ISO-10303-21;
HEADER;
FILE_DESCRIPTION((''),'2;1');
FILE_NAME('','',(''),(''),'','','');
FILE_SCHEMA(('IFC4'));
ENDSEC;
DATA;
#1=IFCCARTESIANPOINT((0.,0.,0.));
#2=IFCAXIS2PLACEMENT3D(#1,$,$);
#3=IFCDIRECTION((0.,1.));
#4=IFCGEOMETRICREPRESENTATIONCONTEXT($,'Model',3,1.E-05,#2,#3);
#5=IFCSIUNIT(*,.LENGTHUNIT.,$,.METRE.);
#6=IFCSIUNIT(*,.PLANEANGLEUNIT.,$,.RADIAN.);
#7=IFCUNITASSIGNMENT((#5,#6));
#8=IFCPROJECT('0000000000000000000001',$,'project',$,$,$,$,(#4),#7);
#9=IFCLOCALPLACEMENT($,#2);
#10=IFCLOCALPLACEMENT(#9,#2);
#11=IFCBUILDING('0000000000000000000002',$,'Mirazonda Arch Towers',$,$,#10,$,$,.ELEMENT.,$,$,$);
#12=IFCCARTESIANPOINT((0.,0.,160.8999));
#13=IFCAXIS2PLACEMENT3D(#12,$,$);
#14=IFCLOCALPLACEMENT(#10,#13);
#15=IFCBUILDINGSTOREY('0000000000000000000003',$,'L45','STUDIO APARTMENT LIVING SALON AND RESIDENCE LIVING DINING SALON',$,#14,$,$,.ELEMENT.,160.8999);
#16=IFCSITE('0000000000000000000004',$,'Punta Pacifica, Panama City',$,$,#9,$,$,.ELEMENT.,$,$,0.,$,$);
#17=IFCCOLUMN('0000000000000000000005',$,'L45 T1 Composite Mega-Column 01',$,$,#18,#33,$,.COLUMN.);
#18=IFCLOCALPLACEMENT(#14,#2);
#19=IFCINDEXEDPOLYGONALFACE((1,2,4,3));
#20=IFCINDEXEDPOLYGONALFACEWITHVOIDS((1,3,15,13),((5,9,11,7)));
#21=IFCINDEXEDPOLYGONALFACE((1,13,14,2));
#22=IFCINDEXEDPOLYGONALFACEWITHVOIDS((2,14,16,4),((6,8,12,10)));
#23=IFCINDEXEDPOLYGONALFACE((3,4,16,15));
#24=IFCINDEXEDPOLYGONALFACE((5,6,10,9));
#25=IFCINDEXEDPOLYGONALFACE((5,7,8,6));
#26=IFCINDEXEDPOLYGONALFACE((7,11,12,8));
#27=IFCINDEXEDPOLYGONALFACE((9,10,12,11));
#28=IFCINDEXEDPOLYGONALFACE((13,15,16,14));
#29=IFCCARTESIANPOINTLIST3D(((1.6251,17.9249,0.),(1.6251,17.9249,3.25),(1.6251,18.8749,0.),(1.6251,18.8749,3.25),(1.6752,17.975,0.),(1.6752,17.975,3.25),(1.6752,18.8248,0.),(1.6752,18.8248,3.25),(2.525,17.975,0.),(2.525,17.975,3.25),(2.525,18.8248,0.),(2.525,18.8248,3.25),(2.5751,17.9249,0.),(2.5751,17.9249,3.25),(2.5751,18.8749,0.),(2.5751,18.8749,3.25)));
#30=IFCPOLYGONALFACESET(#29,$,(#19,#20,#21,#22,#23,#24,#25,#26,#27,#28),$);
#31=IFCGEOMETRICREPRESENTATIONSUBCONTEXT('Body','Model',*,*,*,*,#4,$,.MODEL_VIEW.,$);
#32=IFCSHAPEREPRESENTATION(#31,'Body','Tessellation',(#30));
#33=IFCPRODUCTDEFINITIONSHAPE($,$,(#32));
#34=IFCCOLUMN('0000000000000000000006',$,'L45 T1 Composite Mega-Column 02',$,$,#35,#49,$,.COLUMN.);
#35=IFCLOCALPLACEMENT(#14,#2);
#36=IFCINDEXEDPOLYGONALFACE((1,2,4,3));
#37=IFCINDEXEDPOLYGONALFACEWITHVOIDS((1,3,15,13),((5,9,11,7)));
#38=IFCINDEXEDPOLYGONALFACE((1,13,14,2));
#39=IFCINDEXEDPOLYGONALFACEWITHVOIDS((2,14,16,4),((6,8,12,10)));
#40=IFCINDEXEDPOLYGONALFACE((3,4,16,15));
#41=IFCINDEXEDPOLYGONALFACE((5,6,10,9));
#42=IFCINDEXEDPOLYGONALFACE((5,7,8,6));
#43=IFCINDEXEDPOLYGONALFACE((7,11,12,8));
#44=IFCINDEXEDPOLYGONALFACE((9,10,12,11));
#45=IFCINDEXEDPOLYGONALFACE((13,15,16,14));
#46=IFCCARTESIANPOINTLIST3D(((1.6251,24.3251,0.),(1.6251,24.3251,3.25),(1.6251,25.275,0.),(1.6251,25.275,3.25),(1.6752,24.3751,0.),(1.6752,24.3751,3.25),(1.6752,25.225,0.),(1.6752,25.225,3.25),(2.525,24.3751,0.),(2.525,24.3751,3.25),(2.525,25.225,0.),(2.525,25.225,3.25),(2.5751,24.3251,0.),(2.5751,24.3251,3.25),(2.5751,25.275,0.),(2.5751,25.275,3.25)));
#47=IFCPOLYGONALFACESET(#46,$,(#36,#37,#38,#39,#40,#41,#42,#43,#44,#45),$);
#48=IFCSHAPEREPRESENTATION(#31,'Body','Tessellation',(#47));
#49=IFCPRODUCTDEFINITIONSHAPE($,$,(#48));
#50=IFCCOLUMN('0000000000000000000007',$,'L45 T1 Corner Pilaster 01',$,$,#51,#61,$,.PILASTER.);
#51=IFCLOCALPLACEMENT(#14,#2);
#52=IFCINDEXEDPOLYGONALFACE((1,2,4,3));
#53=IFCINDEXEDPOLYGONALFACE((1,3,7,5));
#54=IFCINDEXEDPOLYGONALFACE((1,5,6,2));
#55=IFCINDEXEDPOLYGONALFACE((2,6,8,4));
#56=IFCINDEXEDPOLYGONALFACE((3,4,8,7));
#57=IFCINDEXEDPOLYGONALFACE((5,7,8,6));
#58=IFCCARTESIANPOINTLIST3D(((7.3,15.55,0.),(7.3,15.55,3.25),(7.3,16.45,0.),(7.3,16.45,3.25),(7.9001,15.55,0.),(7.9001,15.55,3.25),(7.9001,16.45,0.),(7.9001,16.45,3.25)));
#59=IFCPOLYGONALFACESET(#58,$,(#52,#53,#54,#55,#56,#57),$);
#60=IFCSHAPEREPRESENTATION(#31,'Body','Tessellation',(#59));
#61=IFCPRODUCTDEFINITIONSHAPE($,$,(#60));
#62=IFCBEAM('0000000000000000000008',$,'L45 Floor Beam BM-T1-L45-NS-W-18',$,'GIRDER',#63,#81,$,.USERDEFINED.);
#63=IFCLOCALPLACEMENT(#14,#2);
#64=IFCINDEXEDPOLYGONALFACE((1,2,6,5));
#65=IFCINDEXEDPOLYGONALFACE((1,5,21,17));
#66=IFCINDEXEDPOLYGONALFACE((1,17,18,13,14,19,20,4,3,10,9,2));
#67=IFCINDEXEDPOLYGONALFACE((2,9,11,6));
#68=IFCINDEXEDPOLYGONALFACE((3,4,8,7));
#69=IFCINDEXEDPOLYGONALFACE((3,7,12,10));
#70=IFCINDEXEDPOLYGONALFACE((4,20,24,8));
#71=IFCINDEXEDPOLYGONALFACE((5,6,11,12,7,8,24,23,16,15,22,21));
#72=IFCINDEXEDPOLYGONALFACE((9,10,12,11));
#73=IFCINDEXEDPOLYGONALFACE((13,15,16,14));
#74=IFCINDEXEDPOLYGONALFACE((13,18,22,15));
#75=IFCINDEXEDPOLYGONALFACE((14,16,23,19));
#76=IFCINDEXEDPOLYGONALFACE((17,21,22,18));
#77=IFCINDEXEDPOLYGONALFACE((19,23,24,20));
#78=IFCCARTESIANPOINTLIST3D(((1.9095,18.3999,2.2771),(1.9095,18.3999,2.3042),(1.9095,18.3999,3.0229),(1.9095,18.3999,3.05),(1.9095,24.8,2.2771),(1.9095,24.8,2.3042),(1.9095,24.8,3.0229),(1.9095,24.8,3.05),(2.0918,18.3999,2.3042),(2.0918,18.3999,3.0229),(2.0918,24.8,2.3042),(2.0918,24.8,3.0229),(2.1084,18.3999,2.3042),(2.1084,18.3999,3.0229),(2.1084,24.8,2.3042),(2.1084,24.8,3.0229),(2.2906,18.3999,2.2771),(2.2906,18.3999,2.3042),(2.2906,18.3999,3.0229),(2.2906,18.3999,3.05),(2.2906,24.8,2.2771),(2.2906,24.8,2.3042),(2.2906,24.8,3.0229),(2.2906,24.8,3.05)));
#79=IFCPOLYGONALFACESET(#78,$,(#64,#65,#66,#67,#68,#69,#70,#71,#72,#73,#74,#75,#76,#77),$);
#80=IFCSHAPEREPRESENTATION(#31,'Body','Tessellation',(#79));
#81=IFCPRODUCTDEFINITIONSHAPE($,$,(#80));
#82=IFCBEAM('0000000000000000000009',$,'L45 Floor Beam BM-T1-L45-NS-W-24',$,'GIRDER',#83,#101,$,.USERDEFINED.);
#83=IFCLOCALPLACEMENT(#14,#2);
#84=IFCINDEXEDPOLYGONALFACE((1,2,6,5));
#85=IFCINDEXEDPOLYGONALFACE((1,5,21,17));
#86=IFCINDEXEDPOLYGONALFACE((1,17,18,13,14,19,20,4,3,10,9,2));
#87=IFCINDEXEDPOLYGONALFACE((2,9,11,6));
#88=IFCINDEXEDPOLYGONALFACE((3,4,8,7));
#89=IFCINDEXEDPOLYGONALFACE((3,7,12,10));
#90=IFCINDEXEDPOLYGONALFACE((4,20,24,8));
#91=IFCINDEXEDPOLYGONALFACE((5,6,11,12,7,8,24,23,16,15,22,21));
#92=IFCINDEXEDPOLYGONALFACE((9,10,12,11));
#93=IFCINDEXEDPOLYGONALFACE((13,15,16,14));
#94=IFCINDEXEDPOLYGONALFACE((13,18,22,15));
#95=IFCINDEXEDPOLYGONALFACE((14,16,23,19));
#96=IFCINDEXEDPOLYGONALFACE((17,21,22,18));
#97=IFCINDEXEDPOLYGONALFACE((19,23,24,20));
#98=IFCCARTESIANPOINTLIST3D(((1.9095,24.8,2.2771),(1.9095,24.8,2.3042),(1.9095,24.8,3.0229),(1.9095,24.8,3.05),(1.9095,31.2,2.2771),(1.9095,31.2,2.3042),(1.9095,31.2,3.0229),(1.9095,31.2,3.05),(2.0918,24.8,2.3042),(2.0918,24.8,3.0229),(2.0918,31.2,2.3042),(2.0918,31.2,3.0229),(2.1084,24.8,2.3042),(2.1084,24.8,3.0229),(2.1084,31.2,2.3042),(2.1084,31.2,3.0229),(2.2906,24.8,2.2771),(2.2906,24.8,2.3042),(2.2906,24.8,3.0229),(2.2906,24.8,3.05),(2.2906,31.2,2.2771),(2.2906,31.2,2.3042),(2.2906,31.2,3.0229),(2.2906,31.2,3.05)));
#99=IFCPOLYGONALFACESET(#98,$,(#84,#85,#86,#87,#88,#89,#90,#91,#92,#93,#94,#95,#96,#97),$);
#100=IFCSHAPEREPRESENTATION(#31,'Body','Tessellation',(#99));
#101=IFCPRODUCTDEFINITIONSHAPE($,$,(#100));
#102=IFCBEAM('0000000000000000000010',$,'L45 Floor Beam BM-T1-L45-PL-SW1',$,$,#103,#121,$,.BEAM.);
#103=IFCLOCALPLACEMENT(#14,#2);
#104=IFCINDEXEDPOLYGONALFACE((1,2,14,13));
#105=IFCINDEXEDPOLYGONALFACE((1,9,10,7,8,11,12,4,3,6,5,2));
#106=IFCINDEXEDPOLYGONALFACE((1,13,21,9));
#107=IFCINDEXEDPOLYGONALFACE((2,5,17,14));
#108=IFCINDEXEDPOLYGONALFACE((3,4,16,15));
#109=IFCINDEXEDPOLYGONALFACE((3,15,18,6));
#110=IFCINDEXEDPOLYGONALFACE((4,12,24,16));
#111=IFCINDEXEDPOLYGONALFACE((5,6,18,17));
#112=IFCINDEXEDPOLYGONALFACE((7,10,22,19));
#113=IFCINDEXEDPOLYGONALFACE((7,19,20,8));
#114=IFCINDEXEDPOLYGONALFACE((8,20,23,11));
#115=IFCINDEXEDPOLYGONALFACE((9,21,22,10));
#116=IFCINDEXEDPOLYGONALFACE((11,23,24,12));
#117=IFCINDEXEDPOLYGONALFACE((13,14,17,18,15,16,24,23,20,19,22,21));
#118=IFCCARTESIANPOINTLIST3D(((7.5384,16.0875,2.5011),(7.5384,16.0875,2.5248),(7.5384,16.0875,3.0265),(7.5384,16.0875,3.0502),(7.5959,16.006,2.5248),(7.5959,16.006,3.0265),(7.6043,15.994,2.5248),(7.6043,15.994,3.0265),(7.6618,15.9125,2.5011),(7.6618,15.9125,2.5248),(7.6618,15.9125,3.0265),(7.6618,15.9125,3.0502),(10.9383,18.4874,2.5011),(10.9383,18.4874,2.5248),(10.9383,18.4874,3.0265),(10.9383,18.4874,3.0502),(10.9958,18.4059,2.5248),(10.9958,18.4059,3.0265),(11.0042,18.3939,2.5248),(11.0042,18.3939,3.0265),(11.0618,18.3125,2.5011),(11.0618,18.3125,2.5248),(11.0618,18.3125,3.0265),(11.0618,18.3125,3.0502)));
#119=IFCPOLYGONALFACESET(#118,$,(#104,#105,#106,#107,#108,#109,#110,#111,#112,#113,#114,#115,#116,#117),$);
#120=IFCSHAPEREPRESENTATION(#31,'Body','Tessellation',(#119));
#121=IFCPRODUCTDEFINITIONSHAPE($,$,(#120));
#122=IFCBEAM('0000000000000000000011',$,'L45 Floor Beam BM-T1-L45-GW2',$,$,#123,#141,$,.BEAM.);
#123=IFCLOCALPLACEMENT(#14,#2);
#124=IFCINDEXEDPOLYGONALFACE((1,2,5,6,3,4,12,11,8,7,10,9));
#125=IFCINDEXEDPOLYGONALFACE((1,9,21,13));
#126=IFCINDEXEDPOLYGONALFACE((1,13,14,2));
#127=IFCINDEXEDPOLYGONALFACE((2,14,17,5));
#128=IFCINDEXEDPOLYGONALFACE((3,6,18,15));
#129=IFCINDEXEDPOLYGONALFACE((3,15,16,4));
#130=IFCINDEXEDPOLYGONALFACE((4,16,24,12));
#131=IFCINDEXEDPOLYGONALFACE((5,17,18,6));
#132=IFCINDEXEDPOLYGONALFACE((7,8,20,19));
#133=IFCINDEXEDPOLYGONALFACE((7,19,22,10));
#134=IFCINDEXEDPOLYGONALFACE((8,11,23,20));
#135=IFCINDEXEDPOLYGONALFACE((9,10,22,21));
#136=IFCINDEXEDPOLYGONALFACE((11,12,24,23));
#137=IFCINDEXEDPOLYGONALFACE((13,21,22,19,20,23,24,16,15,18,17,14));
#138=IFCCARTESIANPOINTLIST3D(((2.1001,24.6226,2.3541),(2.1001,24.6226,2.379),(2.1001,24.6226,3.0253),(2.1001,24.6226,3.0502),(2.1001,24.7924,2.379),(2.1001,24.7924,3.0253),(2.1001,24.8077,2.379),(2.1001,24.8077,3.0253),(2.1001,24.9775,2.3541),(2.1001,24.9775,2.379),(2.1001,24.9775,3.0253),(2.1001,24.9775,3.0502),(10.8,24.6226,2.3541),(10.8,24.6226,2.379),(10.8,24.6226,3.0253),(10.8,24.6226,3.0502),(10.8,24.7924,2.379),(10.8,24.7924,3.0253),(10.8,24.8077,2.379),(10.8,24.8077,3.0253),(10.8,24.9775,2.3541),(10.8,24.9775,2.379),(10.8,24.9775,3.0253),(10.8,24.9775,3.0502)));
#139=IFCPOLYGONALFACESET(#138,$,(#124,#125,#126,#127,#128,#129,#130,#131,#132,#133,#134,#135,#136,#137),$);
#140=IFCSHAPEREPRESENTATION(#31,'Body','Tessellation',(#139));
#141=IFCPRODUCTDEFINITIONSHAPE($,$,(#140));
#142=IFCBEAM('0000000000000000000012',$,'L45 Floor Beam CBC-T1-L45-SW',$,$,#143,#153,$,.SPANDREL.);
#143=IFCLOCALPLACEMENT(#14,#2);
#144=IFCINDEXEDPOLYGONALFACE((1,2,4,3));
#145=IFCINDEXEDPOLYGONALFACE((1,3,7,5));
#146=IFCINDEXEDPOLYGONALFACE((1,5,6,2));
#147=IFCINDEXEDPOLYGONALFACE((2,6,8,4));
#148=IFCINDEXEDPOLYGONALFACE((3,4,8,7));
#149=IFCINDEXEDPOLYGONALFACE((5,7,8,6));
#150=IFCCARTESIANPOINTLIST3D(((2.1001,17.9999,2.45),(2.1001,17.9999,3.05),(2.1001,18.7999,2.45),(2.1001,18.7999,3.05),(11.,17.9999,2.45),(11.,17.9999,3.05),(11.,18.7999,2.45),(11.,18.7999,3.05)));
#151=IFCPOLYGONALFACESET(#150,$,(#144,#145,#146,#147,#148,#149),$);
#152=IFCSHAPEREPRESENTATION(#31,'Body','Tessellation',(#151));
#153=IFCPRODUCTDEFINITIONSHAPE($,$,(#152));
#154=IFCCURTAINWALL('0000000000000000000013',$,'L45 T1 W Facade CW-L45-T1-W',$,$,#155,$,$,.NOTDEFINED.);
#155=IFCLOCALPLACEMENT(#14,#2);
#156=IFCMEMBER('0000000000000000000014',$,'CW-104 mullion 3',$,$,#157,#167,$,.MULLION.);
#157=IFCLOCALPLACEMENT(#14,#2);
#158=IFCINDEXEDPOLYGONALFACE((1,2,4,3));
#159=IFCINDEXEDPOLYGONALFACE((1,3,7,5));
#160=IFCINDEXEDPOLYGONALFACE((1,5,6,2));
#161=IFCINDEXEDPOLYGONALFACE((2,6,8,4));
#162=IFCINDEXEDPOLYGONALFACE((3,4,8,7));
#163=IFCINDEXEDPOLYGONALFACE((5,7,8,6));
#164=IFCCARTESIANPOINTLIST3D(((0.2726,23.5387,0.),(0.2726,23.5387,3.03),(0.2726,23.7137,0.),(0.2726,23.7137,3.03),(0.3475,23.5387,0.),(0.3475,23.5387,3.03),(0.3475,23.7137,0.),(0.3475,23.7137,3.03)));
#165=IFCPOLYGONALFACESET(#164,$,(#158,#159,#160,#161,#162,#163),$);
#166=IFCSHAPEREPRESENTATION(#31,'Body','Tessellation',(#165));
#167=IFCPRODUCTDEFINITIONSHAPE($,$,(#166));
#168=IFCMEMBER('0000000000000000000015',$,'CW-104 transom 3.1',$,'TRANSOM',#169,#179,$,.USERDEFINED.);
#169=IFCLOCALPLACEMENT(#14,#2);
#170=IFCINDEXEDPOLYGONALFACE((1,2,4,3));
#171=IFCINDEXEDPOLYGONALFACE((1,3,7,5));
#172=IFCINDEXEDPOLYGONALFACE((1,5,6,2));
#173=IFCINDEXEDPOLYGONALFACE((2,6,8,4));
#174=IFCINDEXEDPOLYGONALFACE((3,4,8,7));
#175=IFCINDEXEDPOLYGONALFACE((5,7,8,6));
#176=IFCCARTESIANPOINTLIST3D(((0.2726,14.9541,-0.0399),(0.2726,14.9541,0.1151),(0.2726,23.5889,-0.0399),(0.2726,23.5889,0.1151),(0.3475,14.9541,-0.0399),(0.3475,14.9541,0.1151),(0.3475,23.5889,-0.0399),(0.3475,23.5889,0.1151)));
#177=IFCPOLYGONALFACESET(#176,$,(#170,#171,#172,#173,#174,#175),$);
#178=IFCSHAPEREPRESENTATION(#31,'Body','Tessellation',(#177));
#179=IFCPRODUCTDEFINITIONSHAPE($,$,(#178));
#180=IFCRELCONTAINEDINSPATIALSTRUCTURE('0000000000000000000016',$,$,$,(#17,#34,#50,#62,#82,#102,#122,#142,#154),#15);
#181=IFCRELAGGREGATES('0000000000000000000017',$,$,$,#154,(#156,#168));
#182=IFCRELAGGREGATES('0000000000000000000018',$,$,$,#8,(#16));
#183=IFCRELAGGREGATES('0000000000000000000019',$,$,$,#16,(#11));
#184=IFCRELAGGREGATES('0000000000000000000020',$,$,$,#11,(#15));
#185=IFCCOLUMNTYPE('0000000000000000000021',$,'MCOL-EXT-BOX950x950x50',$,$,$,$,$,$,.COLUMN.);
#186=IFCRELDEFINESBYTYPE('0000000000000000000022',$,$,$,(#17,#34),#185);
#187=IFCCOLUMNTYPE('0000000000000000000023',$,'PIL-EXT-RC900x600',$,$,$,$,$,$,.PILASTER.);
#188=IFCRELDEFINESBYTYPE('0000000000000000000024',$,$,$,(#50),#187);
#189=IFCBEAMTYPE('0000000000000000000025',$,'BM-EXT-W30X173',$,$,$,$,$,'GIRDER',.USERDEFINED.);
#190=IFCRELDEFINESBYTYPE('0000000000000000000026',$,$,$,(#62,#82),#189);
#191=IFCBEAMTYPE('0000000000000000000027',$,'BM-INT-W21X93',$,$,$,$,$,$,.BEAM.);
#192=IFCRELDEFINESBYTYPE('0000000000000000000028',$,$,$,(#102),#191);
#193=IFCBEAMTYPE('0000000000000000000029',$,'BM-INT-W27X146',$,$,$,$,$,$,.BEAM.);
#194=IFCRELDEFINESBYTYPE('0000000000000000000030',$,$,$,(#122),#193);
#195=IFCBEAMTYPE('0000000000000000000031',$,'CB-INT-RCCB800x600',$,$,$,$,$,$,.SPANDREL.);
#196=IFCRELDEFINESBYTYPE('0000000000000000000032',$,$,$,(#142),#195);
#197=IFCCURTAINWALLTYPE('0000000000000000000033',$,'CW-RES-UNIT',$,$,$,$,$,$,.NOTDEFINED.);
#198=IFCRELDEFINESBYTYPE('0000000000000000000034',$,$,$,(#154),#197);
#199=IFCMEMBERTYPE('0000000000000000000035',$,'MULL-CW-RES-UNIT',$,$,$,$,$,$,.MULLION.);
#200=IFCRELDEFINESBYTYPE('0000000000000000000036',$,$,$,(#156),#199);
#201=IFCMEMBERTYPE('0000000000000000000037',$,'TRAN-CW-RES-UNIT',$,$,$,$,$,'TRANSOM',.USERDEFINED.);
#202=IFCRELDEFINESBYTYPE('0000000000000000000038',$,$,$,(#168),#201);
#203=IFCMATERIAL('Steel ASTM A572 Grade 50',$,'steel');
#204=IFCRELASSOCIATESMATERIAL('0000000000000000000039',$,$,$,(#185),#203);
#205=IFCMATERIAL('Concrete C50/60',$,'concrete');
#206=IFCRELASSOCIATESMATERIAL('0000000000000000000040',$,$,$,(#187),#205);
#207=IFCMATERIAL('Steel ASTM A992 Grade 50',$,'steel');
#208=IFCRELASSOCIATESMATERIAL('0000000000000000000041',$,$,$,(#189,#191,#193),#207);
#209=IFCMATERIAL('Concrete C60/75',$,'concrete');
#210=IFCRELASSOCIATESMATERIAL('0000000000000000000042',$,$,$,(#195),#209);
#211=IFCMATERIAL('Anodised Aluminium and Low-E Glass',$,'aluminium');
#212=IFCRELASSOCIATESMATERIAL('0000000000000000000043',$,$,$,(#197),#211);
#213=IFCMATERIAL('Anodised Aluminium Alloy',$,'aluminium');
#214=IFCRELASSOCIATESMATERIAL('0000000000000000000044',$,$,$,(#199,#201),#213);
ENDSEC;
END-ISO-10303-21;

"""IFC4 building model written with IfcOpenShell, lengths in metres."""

from ifc_helpers import new_model, si_unit, direction, frame, origin, origin_2d, place, context, subcontext, project, spatial, rectangle, hollow_rectangle, i_section, extrude, material, material_profile, profile_set, type_object, element, aggregate, save


model = new_model("IFC4")

# Units and contexts
model_context = context("Model", 3, precision=1e-05, world=origin(), true_north=direction((0.0, 1.0)))
body_context = subcontext(model_context, "Body", "Model", "MODEL_VIEW")
ifc_project = project(units=[si_unit("LENGTHUNIT", "METRE"), si_unit("PLANEANGLEUNIT", "RADIAN")], contexts=[model_context])

# Site, building, storey
site_placement = place(None, origin())
site = spatial("IfcSite", under=ifc_project, at=site_placement, Name="Punta Pacifica, Panama City", CompositionType="ELEMENT", RefElevation=0.0)
building_placement = place(site_placement, origin())
building = spatial("IfcBuilding", under=site, at=building_placement, Name="Mirazonda Arch Towers", CompositionType="ELEMENT")
storey_placement = place(building_placement, frame((0.0, 0.0, 160.8999)))
storey = spatial("IfcBuildingStorey", under=building, at=storey_placement, Name="L45", Description="STUDIO APARTMENT LIVING SALON AND RESIDENCE LIVING DINING SALON", CompositionType="ELEMENT", Elevation=160.8999)

# Columns
ifc_material_1 = material(Name="Steel ASTM A572 Grade 50", Category="steel")
ifc_material_profile_1 = material_profile(ifc_material_1, hollow_rectangle(XDim=0.95, YDim=0.95, WallThickness=0.05, at=origin_2d()), Name="BOX950x950x50")
ifc_profile_set_1 = profile_set([ifc_material_profile_1], Name="Steel ASTM A572 Grade 50")
column_type_1 = type_object("IfcColumnType", Name="MCOL-EXT-BOX950x950x50", PredefinedType="COLUMN", material=ifc_profile_set_1)
for number, where, z_axis, x_axis, name in (
    (1, (2.1001, 18.3999, 0.0), (0.0, 0.0, 1.0), (1.0, 0.0, 0.0), "L45 T1 Composite Mega-Column 01"),
    (2, (2.1001, 24.8, 0.0), (0.0, 0.0, 1.0), (1.0, 0.0, 0.0), "L45 T1 Composite Mega-Column 02"),
):
    element("IfcColumn", number, at=place(storey_placement, frame(where, z_axis=z_axis, x_axis=x_axis)), inside=storey, type_object=column_type_1, Name=name, PredefinedType="COLUMN", context=body_context, shape_type="SweptSolid", body=[
        extrude(hollow_rectangle(XDim=0.95, YDim=0.95, WallThickness=0.05, at=origin_2d()), origin(), (0.0, 0.0, 1.0), 3.25),
    ])
ifc_material_2 = material(Name="Concrete C50/60", Category="concrete")
ifc_material_profile_2 = material_profile(ifc_material_2, rectangle(XDim=0.6001, YDim=0.8999, at=origin_2d()), Name="RC900x600")
ifc_profile_set_2 = profile_set([ifc_material_profile_2], Name="Concrete C50/60")
column_type_2 = type_object("IfcColumnType", Name="PIL-EXT-RC900x600", PredefinedType="PILASTER", material=ifc_profile_set_2)
column_placement = place(storey_placement, frame((7.6001, 16.0, 0.0), z_axis=(0.0, 0.0, 1.0), x_axis=(1.0, 0.0, 0.0)))
element("IfcColumn", 3, at=column_placement, inside=storey, type_object=column_type_2, Name="L45 T1 Corner Pilaster 01", PredefinedType="PILASTER", context=body_context, shape_type="SweptSolid", body=[
    extrude(rectangle(XDim=0.6001, YDim=0.8999, at=origin_2d()), origin(), (0.0, 0.0, 1.0), 3.25),
])

# Beams
ifc_material_3 = material(Name="Steel ASTM A992 Grade 50", Category="steel")
ifc_material_profile_3 = material_profile(ifc_material_3, i_section(OverallWidth=0.3811, OverallDepth=0.7729, WebThickness=0.0166, FlangeThickness=0.0271, at=origin_2d()), Name="W30X173")
ifc_profile_set_3 = profile_set([ifc_material_profile_3], Name="Steel ASTM A992 Grade 50")
beam_type_1 = type_object("IfcBeamType", Name="BM-EXT-W30X173", ElementType="GIRDER", PredefinedType="USERDEFINED", material=ifc_profile_set_3)
beam_1_placement = place(storey_placement, frame((2.1001, 18.3999, 2.6636), z_axis=(0.0, 1.0, 0.0), x_axis=(-1.0, 0.0, 0.0)))
element("IfcBeam", 4, at=beam_1_placement, inside=storey, type_object=beam_type_1, Name="L45 Floor Beam BM-T1-L45-NS-W-18", ObjectType="GIRDER", PredefinedType="USERDEFINED", context=body_context, shape_type="SweptSolid", body=[
    extrude(i_section(OverallWidth=0.3811, OverallDepth=0.7729, WebThickness=0.0166, FlangeThickness=0.0271, at=origin_2d()), origin(), (0.0, 0.0, 1.0), 6.4001),
])
beam_2_placement = place(storey_placement, frame((2.1001, 24.8, 2.6636), z_axis=(0.0, 1.0, 0.0), x_axis=(-1.0, 0.0, 0.0)))
element("IfcBeam", 5, at=beam_2_placement, inside=storey, type_object=beam_type_1, Name="L45 Floor Beam BM-T1-L45-NS-W-24", ObjectType="GIRDER", PredefinedType="USERDEFINED", context=body_context, shape_type="SweptSolid", body=[
    extrude(i_section(OverallWidth=0.3811, OverallDepth=0.7729, WebThickness=0.0166, FlangeThickness=0.0271, at=origin_2d()), origin(), (0.0, 0.0, 1.0), 6.3999),
])
ifc_material_profile_4 = material_profile(ifc_material_3, i_section(OverallWidth=0.2141, OverallDepth=0.5491, WebThickness=0.0146, FlangeThickness=0.0237, at=origin_2d()), Name="W21X93")
ifc_profile_set_4 = profile_set([ifc_material_profile_4], Name="Steel ASTM A992 Grade 50")
beam_type_2 = type_object("IfcBeamType", Name="BM-INT-W21X93", PredefinedType="BEAM", material=ifc_profile_set_4)
beam_3_placement = place(storey_placement, frame((7.6001, 16.0, 2.7756), z_axis=(0.816971, 0.576679, 0.0), x_axis=(-0.576679, 0.816971, 0.0)))
element("IfcBeam", 6, at=beam_3_placement, inside=storey, type_object=beam_type_2, Name="L45 Floor Beam BM-T1-L45-PL-SW1", PredefinedType="BEAM", context=body_context, shape_type="SweptSolid", body=[
    extrude(i_section(OverallWidth=0.2141, OverallDepth=0.5491, WebThickness=0.0146, FlangeThickness=0.0237, at=origin_2d()), origin(), (0.0, 0.0, 1.0), 4.1616),
])
ifc_material_profile_5 = material_profile(ifc_material_3, i_section(OverallWidth=0.355, OverallDepth=0.696, WebThickness=0.0154, FlangeThickness=0.0249, at=origin_2d()), Name="W27X146")
ifc_profile_set_5 = profile_set([ifc_material_profile_5], Name="Steel ASTM A992 Grade 50")
beam_type_3 = type_object("IfcBeamType", Name="BM-INT-W27X146", PredefinedType="BEAM", material=ifc_profile_set_5)
beam_4_placement = place(storey_placement, frame((2.1001, 24.8, 2.7021), z_axis=(1.0, 0.0, 0.0), x_axis=(0.0, 1.0, 0.0)))
element("IfcBeam", 7, at=beam_4_placement, inside=storey, type_object=beam_type_3, Name="L45 Floor Beam BM-T1-L45-GW2", PredefinedType="BEAM", context=body_context, shape_type="SweptSolid", body=[
    extrude(i_section(OverallWidth=0.355, OverallDepth=0.696, WebThickness=0.0154, FlangeThickness=0.0249, at=origin_2d()), origin(), (0.0, 0.0, 1.0), 8.7),
])
ifc_material_4 = material(Name="Concrete C60/75", Category="concrete")
ifc_material_profile_6 = material_profile(ifc_material_4, rectangle(XDim=0.8, YDim=0.6001, at=origin_2d()), Name="RCCB800x600")
ifc_profile_set_6 = profile_set([ifc_material_profile_6], Name="Concrete C60/75")
beam_type_4 = type_object("IfcBeamType", Name="CB-INT-RCCB800x600", PredefinedType="SPANDREL", material=ifc_profile_set_6)
beam_5_placement = place(storey_placement, frame((2.1001, 18.3999, 2.75), z_axis=(1.0, 0.0, 0.0), x_axis=(0.0, 1.0, 0.0)))
element("IfcBeam", 8, at=beam_5_placement, inside=storey, type_object=beam_type_4, Name="L45 Floor Beam CBC-T1-L45-SW", PredefinedType="SPANDREL", context=body_context, shape_type="SweptSolid", body=[
    extrude(rectangle(XDim=0.8, YDim=0.6001, at=origin_2d()), origin(), (0.0, 0.0, 1.0), 8.8999),
])

# Curtain wall, members
ifc_material_5 = material(Name="Anodised Aluminium and Low-E Glass", Category="aluminium")
curtain_wall_type = type_object("IfcCurtainWallType", Name="CW-RES-UNIT", PredefinedType="NOTDEFINED", material=ifc_material_5)
curtain_wall_placement = place(storey_placement, origin())
curtain_wall = element("IfcCurtainWall", 9, at=curtain_wall_placement, inside=storey, type_object=curtain_wall_type, Name="L45 T1 W Facade CW-L45-T1-W", PredefinedType="NOTDEFINED")
ifc_material_6 = material(Name="Anodised Aluminium Alloy", Category="aluminium")
ifc_material_profile_7 = material_profile(ifc_material_6, rectangle(XDim=0.075, YDim=0.175, at=origin_2d()), Name="ALU-MULL-75x175")
ifc_profile_set_7 = profile_set([ifc_material_profile_7], Name="Anodised Aluminium Alloy")
member_type_1 = type_object("IfcMemberType", Name="MULL-CW-RES-UNIT", PredefinedType="MULLION", material=ifc_profile_set_7)
member_1_placement = place(storey_placement, frame((0.3101, 23.6262, 0.0), z_axis=(0.0, 0.0, 1.0), x_axis=(1.0, 0.0, 0.0)))
member_1 = element("IfcMember", 10, at=member_1_placement, type_object=member_type_1, Name="CW-104 mullion 3", PredefinedType="MULLION", context=body_context, shape_type="SweptSolid", body=[
    extrude(rectangle(XDim=0.075, YDim=0.175, at=origin_2d()), origin(), (0.0, 0.0, 1.0), 3.03),
])
ifc_material_profile_8 = material_profile(ifc_material_6, rectangle(XDim=0.075, YDim=0.155, at=origin_2d()), Name="ALU-TRAN-75x155")
ifc_profile_set_8 = profile_set([ifc_material_profile_8], Name="Anodised Aluminium Alloy")
member_type_2 = type_object("IfcMemberType", Name="TRAN-CW-RES-UNIT", ElementType="TRANSOM", PredefinedType="USERDEFINED", material=ifc_profile_set_8)
member_2_placement = place(storey_placement, frame((0.3101, 23.5889, 0.0376), z_axis=(0.0, -1.0, 0.0), x_axis=(1.0, 0.0, 0.0)))
member_2 = element("IfcMember", 11, at=member_2_placement, type_object=member_type_2, Name="CW-104 transom 3.1", ObjectType="TRANSOM", PredefinedType="USERDEFINED", context=body_context, shape_type="SweptSolid", body=[
    extrude(rectangle(XDim=0.075, YDim=0.155, at=origin_2d()), origin(), (0.0, 0.0, 1.0), 8.6348),
])
aggregate(curtain_wall, [member_1, member_2])

save(model, "model.ifc")
